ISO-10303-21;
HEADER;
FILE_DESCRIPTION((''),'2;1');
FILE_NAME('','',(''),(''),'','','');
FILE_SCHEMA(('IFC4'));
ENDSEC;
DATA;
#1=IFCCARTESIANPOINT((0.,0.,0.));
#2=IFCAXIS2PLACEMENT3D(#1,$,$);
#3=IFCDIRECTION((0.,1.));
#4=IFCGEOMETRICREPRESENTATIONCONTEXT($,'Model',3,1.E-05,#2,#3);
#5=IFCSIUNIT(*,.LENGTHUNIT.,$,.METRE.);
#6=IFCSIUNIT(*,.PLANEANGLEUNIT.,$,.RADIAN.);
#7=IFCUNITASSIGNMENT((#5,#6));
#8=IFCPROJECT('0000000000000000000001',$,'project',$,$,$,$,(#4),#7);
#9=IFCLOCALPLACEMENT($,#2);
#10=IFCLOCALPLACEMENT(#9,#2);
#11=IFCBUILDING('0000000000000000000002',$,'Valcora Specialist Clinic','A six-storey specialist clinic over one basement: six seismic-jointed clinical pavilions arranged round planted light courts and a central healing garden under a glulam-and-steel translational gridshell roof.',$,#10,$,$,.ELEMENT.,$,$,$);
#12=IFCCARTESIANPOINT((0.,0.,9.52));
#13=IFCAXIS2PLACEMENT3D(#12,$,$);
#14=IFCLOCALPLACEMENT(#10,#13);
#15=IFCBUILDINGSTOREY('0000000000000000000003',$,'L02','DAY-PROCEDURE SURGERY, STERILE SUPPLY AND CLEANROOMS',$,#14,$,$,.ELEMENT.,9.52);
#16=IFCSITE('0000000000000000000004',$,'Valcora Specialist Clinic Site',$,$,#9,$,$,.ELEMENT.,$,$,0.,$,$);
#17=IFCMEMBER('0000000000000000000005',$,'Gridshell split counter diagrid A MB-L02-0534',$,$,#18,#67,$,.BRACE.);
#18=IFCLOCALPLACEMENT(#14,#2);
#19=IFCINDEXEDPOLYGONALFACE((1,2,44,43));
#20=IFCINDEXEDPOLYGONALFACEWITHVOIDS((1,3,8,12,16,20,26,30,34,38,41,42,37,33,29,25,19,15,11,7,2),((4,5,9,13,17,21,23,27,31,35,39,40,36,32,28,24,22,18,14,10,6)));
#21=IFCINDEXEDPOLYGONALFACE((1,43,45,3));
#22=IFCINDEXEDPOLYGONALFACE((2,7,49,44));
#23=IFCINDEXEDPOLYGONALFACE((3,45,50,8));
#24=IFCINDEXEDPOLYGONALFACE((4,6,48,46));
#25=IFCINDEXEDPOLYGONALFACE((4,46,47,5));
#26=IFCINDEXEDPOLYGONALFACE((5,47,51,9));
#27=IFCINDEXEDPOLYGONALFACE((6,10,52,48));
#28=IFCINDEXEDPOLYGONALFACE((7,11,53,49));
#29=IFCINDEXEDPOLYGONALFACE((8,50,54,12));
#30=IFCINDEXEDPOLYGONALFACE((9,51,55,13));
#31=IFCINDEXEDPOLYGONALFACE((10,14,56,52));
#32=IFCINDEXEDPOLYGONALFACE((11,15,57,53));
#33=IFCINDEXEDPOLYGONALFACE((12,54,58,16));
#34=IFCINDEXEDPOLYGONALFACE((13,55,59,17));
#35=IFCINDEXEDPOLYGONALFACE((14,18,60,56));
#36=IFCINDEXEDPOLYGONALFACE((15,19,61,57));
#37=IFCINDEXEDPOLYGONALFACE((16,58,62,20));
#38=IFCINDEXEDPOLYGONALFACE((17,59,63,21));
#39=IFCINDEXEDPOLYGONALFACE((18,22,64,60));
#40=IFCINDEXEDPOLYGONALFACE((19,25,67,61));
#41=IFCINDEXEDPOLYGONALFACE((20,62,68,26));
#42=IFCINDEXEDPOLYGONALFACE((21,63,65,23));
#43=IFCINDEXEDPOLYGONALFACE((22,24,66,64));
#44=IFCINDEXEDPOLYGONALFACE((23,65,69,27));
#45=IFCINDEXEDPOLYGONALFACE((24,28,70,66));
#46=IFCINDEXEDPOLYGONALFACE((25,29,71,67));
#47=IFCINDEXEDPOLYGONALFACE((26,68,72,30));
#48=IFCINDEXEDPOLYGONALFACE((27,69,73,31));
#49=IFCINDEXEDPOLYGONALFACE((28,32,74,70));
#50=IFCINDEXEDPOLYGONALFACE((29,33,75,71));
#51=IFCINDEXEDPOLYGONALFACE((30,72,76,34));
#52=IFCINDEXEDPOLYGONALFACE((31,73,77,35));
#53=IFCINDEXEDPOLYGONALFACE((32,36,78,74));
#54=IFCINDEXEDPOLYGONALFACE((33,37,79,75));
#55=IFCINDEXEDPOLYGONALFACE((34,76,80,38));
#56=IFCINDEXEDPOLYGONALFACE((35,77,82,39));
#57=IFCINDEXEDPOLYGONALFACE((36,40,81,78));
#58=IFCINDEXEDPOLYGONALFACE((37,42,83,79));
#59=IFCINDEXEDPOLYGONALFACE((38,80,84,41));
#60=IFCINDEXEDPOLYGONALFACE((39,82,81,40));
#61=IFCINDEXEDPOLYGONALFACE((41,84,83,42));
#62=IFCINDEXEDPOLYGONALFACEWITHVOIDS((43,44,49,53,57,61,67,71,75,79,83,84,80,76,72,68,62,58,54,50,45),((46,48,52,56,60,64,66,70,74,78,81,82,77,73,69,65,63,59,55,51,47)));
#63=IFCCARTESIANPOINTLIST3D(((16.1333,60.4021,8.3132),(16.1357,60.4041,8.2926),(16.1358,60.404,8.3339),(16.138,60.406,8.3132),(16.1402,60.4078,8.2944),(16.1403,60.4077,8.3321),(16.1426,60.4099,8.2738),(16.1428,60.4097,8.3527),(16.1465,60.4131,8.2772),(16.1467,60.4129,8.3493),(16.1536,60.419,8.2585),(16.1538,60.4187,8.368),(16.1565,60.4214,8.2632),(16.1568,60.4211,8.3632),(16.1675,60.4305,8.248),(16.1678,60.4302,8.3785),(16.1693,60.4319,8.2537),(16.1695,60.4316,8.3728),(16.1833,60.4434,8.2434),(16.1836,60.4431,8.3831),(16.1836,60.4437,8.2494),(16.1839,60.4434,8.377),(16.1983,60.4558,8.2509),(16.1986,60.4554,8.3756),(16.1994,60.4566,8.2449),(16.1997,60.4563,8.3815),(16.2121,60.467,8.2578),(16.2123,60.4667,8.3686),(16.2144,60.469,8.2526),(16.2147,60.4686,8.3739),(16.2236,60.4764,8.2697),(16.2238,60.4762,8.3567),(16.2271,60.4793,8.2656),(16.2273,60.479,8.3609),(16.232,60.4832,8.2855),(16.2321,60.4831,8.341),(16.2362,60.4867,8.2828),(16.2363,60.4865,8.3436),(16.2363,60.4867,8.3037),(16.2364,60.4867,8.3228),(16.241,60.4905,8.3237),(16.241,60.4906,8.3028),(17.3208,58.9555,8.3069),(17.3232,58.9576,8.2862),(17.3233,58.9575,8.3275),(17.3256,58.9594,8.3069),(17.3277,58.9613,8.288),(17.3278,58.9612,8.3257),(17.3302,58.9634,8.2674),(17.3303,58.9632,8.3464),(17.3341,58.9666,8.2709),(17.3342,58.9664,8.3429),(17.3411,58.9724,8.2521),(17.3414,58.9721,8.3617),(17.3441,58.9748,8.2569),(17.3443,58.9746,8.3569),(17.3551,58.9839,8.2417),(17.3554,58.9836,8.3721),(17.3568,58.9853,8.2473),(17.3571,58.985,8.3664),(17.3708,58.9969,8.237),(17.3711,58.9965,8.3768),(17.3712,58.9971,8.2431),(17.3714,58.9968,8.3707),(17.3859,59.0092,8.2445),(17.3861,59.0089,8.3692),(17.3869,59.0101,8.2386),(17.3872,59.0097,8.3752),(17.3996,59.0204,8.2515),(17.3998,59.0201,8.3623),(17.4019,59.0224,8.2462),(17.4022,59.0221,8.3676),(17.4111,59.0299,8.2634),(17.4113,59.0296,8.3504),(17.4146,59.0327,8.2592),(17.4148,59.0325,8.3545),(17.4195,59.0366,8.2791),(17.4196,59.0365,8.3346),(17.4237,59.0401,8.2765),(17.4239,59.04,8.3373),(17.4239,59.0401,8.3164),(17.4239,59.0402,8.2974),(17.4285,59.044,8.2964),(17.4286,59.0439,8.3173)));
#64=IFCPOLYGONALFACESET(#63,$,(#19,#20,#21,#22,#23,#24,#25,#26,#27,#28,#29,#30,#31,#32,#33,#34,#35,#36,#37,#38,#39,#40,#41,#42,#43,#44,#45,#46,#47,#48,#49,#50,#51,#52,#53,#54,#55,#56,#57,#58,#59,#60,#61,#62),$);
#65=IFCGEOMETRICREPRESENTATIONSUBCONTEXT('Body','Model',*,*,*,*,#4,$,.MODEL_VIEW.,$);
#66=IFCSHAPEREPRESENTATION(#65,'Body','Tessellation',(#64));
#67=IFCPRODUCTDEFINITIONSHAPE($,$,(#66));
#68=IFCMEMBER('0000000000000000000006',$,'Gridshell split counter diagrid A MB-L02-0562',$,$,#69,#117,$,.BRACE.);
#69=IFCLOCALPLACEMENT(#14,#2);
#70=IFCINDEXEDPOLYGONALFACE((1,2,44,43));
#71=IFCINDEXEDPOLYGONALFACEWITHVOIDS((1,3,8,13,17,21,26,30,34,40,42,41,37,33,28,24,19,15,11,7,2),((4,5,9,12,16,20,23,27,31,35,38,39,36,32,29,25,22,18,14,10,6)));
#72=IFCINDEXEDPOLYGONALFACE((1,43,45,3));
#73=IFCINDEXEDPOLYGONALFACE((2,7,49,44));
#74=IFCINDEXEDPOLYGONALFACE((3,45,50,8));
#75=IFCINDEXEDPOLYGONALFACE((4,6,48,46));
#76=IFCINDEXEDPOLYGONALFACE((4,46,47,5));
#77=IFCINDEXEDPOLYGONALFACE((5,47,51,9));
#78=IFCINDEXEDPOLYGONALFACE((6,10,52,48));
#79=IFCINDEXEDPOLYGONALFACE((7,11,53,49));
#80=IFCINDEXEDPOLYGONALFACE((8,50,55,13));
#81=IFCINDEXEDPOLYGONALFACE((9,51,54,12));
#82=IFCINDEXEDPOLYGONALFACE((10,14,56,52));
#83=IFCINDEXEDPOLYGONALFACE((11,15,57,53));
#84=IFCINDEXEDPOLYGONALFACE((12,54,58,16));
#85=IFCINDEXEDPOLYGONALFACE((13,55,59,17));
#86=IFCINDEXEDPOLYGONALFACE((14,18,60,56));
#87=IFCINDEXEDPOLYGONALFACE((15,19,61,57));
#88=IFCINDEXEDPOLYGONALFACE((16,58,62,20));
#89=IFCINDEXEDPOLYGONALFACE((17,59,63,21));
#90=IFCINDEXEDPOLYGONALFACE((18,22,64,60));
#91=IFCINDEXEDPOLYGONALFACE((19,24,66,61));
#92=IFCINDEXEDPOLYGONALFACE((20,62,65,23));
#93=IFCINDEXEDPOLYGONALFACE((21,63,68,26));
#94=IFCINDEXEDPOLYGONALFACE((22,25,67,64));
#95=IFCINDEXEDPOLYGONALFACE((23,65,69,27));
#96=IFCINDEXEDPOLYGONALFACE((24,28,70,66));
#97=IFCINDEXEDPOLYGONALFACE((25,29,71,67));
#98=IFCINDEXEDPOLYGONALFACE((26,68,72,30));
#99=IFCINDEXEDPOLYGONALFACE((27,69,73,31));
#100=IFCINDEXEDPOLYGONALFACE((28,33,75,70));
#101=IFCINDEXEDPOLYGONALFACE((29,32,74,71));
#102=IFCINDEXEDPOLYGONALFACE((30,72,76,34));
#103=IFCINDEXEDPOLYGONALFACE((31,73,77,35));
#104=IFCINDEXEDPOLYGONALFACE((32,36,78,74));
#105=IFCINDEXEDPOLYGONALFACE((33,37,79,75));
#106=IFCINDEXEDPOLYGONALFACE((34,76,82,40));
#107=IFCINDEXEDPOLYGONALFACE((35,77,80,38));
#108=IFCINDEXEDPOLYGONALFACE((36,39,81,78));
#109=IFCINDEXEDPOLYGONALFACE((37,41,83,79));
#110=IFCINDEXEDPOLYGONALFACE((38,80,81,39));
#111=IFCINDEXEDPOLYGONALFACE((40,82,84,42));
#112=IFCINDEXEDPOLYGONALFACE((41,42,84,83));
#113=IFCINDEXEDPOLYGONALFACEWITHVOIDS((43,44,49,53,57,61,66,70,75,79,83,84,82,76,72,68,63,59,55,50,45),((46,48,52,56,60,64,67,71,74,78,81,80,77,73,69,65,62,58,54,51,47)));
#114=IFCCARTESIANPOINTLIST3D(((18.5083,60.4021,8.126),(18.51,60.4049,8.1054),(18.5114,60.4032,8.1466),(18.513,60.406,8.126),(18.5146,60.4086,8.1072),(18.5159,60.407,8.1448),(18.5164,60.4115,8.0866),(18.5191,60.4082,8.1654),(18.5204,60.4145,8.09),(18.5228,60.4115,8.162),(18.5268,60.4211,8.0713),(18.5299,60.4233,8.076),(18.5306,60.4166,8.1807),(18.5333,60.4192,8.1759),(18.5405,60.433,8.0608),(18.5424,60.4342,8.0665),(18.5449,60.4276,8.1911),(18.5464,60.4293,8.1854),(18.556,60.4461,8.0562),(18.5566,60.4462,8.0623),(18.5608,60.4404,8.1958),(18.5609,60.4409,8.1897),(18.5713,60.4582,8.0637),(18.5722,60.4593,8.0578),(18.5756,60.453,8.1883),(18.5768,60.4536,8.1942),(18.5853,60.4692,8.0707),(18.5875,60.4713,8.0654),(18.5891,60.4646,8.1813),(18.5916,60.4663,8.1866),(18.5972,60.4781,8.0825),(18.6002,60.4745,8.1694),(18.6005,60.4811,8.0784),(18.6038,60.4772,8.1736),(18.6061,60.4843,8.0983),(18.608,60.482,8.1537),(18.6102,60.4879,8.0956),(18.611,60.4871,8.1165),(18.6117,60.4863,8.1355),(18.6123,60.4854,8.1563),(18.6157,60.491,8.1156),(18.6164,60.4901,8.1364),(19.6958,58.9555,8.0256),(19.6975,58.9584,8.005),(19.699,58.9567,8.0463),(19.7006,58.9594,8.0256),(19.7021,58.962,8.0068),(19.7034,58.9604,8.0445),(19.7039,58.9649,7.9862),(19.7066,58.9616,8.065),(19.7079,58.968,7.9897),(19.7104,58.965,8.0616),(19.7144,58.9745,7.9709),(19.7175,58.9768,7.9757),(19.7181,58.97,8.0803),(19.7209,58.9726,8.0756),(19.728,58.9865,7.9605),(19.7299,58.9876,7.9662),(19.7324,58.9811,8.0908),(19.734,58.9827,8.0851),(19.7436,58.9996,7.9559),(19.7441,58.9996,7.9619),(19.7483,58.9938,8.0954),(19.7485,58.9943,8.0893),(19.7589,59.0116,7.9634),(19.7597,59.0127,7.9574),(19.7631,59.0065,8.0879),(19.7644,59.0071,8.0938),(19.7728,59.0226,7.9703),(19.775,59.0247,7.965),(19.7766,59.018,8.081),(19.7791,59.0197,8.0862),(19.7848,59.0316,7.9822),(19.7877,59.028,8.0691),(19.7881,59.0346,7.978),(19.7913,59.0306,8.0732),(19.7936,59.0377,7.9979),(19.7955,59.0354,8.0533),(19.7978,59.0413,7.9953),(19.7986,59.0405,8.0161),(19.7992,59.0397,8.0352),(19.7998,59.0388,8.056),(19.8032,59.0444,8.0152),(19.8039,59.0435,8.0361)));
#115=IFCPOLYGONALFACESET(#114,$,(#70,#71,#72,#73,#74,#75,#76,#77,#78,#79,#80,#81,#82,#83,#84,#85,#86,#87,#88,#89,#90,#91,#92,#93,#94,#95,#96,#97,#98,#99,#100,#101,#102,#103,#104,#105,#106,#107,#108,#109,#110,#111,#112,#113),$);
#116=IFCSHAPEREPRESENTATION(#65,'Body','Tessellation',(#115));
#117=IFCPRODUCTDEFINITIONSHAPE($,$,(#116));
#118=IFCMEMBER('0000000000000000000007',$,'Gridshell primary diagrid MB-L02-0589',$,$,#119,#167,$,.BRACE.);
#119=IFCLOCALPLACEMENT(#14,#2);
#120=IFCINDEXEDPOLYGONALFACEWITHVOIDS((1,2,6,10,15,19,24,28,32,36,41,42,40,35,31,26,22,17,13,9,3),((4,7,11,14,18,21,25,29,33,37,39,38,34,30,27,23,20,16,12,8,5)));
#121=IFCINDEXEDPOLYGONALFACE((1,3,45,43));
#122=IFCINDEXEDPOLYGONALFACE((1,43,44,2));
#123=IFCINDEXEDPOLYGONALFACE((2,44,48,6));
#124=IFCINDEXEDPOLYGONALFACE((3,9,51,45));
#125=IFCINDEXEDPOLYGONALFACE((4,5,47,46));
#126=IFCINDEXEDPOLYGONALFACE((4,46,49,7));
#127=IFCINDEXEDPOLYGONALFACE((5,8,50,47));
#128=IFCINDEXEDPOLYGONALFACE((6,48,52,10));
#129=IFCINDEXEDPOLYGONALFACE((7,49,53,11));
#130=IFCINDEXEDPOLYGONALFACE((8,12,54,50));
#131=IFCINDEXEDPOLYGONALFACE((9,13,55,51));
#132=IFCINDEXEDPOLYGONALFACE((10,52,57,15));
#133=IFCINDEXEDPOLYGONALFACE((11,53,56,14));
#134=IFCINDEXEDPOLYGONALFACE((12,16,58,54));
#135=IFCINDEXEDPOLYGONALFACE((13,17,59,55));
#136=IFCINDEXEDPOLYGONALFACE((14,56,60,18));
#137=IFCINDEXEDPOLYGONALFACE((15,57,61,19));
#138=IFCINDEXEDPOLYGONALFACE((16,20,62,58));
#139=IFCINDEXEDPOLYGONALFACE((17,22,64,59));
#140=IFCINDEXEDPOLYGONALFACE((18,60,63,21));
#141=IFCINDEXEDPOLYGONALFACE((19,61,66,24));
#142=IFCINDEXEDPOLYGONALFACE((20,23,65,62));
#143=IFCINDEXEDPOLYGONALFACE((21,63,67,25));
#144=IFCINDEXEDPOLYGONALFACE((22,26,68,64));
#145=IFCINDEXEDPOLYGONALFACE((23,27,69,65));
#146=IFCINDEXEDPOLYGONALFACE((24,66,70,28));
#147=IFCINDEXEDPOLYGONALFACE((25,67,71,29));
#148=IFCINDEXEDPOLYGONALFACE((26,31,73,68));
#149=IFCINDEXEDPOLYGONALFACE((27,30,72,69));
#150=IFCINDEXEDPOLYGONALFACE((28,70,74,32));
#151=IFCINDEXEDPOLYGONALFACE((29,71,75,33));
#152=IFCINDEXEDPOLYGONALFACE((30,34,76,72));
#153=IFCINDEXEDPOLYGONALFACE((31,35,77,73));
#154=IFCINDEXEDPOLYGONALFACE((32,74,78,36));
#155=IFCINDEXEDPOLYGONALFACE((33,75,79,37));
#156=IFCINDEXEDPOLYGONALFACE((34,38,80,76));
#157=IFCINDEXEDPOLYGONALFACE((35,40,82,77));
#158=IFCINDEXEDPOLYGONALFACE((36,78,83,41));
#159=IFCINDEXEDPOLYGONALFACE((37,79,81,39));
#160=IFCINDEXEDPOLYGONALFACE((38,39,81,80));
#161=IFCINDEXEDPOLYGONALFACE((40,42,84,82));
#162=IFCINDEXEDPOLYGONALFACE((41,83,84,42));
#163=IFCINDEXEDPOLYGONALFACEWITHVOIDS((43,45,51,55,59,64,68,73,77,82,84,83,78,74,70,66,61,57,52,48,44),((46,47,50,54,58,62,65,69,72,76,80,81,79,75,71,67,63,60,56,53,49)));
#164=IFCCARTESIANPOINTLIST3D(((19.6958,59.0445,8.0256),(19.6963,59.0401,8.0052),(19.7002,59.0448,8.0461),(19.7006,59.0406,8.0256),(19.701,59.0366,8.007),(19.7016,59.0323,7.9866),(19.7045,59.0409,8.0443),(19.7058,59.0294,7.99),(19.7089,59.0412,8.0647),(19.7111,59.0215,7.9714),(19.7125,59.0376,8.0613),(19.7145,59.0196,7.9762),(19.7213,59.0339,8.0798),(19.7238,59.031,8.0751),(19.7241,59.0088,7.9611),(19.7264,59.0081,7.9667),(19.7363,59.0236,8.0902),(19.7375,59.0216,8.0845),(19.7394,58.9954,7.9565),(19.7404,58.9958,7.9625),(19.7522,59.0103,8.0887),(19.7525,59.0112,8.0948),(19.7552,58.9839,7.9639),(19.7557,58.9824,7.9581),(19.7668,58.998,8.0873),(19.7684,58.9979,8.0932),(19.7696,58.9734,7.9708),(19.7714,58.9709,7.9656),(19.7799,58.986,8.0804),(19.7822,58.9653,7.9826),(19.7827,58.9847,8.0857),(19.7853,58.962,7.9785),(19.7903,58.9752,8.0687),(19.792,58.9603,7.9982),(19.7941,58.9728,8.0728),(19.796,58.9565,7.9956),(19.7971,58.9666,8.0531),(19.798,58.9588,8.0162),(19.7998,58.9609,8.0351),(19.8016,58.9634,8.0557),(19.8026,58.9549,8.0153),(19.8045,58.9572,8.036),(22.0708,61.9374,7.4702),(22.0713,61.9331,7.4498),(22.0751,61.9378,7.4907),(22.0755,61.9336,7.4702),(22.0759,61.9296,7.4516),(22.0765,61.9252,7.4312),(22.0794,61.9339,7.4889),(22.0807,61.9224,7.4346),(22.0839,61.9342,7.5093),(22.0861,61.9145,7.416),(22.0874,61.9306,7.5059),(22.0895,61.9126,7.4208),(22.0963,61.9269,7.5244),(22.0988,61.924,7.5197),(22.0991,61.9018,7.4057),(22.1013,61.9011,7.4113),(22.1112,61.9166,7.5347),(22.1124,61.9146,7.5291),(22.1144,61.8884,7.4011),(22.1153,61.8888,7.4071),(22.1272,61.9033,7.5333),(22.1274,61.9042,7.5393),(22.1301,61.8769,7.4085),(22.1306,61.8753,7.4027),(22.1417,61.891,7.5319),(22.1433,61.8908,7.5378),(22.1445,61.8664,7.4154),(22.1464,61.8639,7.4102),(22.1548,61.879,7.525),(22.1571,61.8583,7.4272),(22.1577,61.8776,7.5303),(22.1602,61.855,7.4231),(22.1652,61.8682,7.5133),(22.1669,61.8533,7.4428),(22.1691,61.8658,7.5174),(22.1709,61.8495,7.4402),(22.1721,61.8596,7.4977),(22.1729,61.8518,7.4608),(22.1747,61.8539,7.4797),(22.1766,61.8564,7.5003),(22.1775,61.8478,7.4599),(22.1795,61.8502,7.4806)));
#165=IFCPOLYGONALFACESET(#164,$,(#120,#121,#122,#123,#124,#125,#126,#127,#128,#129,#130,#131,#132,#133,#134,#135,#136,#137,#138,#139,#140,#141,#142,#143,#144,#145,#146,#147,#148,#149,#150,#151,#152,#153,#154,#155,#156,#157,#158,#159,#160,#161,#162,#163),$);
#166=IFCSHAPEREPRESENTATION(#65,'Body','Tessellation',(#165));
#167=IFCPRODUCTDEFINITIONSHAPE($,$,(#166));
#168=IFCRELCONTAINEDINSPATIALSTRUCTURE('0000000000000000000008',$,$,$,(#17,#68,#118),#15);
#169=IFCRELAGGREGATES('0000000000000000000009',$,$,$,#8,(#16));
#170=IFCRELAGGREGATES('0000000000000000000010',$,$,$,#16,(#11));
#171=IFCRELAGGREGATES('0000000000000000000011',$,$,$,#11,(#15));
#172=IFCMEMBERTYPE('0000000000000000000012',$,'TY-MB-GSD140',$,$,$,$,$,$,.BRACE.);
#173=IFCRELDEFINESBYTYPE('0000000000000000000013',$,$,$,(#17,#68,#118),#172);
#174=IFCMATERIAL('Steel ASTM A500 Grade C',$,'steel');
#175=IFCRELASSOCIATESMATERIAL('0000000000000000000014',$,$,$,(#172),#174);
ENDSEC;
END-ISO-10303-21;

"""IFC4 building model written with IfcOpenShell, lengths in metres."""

from ifc_helpers import new_model, si_unit, direction, frame, origin, origin_2d, place, context, subcontext, project, spatial, hollow_circle, extrude, material, material_profile, profile_set, type_object, element, save


model = new_model("IFC4")

# Units and contexts
model_context = context("Model", 3, precision=1e-05, world=origin(), true_north=direction((0.0, 1.0)))
body_context = subcontext(model_context, "Body", "Model", "MODEL_VIEW")
ifc_project = project(units=[si_unit("LENGTHUNIT", "METRE"), si_unit("PLANEANGLEUNIT", "RADIAN")], contexts=[model_context])

# Site, building, storey
site_placement = place(None, origin())
site = spatial("IfcSite", under=ifc_project, at=site_placement, Name="Valcora Specialist Clinic Site", CompositionType="ELEMENT", RefElevation=0.0)
building_placement = place(site_placement, origin())
building = spatial("IfcBuilding", under=site, at=building_placement, Name="Valcora Specialist Clinic", Description="A six-storey specialist clinic over one basement: six seismic-jointed clinical pavilions arranged round planted light courts and a central healing garden under a glulam-and-steel translational gridshell roof.", CompositionType="ELEMENT")
storey_placement = place(building_placement, frame((0.0, 0.0, 9.52)))
storey = spatial("IfcBuildingStorey", under=building, at=storey_placement, Name="L02", Description="DAY-PROCEDURE SURGERY, STERILE SUPPLY AND CLEANROOMS", CompositionType="ELEMENT", Elevation=9.52)

# Members
ifc_material_1 = material(Name="Steel ASTM A500 Grade C", Category="steel")
ifc_material_profile_1 = material_profile(ifc_material_1, hollow_circle(Radius=0.0701, WallThickness=0.0061, at=origin_2d()), Name="ST-CHS-140X6")
ifc_profile_set_1 = profile_set([ifc_material_profile_1], Name="Steel ASTM A500 Grade C")
member_type_1 = type_object("IfcMemberType", Name="TY-MB-GSD140", PredefinedType="BRACE", material=ifc_profile_set_1)
member_1_placement = place(storey_placement, frame((17.375, 59.0, 8.3069), z_axis=(-0.634505, 0.772911, 0.003392), x_axis=(-0.772916, -0.634508, 0.0)))
element("IfcMember", 1, at=member_1_placement, inside=storey, type_object=member_type_1, Name="Gridshell split counter diagrid A MB-L02-0534", PredefinedType="BRACE", context=body_context, shape_type="SweptSolid", body=[
    extrude(hollow_circle(Radius=0.0701, WallThickness=0.0061, at=origin_2d()), origin(), (0.0, 0.0, 1.0), 1.8716),
])
member_2_placement = place(storey_placement, frame((19.75, 59.0, 8.0256), z_axis=(-0.633598, 0.771807, 0.053538), x_axis=(-0.772916, -0.634508, 0.0)))
element("IfcMember", 2, at=member_2_placement, inside=storey, type_object=member_type_1, Name="Gridshell split counter diagrid A MB-L02-0562", PredefinedType="BRACE", context=body_context, shape_type="SweptSolid", body=[
    extrude(hollow_circle(Radius=0.0701, WallThickness=0.0061, at=origin_2d()), origin(), (0.0, 0.0, 1.0), 1.8743),
])
member_3_placement = place(storey_placement, frame((19.75, 59.0, 8.0256), z_axis=(0.627636, 0.764545, -0.14678), x_axis=(-0.772916, 0.634508, 0.0)))
element("IfcMember", 3, at=member_3_placement, inside=storey, type_object=member_type_1, Name="Gridshell primary diagrid MB-L02-0589", PredefinedType="BRACE", context=body_context, shape_type="SweptSolid", body=[
    extrude(hollow_circle(Radius=0.0701, WallThickness=0.0061, at=origin_2d()), origin(), (0.0, 0.0, 1.0), 3.7839),
])

save(model, "model.ifc")
